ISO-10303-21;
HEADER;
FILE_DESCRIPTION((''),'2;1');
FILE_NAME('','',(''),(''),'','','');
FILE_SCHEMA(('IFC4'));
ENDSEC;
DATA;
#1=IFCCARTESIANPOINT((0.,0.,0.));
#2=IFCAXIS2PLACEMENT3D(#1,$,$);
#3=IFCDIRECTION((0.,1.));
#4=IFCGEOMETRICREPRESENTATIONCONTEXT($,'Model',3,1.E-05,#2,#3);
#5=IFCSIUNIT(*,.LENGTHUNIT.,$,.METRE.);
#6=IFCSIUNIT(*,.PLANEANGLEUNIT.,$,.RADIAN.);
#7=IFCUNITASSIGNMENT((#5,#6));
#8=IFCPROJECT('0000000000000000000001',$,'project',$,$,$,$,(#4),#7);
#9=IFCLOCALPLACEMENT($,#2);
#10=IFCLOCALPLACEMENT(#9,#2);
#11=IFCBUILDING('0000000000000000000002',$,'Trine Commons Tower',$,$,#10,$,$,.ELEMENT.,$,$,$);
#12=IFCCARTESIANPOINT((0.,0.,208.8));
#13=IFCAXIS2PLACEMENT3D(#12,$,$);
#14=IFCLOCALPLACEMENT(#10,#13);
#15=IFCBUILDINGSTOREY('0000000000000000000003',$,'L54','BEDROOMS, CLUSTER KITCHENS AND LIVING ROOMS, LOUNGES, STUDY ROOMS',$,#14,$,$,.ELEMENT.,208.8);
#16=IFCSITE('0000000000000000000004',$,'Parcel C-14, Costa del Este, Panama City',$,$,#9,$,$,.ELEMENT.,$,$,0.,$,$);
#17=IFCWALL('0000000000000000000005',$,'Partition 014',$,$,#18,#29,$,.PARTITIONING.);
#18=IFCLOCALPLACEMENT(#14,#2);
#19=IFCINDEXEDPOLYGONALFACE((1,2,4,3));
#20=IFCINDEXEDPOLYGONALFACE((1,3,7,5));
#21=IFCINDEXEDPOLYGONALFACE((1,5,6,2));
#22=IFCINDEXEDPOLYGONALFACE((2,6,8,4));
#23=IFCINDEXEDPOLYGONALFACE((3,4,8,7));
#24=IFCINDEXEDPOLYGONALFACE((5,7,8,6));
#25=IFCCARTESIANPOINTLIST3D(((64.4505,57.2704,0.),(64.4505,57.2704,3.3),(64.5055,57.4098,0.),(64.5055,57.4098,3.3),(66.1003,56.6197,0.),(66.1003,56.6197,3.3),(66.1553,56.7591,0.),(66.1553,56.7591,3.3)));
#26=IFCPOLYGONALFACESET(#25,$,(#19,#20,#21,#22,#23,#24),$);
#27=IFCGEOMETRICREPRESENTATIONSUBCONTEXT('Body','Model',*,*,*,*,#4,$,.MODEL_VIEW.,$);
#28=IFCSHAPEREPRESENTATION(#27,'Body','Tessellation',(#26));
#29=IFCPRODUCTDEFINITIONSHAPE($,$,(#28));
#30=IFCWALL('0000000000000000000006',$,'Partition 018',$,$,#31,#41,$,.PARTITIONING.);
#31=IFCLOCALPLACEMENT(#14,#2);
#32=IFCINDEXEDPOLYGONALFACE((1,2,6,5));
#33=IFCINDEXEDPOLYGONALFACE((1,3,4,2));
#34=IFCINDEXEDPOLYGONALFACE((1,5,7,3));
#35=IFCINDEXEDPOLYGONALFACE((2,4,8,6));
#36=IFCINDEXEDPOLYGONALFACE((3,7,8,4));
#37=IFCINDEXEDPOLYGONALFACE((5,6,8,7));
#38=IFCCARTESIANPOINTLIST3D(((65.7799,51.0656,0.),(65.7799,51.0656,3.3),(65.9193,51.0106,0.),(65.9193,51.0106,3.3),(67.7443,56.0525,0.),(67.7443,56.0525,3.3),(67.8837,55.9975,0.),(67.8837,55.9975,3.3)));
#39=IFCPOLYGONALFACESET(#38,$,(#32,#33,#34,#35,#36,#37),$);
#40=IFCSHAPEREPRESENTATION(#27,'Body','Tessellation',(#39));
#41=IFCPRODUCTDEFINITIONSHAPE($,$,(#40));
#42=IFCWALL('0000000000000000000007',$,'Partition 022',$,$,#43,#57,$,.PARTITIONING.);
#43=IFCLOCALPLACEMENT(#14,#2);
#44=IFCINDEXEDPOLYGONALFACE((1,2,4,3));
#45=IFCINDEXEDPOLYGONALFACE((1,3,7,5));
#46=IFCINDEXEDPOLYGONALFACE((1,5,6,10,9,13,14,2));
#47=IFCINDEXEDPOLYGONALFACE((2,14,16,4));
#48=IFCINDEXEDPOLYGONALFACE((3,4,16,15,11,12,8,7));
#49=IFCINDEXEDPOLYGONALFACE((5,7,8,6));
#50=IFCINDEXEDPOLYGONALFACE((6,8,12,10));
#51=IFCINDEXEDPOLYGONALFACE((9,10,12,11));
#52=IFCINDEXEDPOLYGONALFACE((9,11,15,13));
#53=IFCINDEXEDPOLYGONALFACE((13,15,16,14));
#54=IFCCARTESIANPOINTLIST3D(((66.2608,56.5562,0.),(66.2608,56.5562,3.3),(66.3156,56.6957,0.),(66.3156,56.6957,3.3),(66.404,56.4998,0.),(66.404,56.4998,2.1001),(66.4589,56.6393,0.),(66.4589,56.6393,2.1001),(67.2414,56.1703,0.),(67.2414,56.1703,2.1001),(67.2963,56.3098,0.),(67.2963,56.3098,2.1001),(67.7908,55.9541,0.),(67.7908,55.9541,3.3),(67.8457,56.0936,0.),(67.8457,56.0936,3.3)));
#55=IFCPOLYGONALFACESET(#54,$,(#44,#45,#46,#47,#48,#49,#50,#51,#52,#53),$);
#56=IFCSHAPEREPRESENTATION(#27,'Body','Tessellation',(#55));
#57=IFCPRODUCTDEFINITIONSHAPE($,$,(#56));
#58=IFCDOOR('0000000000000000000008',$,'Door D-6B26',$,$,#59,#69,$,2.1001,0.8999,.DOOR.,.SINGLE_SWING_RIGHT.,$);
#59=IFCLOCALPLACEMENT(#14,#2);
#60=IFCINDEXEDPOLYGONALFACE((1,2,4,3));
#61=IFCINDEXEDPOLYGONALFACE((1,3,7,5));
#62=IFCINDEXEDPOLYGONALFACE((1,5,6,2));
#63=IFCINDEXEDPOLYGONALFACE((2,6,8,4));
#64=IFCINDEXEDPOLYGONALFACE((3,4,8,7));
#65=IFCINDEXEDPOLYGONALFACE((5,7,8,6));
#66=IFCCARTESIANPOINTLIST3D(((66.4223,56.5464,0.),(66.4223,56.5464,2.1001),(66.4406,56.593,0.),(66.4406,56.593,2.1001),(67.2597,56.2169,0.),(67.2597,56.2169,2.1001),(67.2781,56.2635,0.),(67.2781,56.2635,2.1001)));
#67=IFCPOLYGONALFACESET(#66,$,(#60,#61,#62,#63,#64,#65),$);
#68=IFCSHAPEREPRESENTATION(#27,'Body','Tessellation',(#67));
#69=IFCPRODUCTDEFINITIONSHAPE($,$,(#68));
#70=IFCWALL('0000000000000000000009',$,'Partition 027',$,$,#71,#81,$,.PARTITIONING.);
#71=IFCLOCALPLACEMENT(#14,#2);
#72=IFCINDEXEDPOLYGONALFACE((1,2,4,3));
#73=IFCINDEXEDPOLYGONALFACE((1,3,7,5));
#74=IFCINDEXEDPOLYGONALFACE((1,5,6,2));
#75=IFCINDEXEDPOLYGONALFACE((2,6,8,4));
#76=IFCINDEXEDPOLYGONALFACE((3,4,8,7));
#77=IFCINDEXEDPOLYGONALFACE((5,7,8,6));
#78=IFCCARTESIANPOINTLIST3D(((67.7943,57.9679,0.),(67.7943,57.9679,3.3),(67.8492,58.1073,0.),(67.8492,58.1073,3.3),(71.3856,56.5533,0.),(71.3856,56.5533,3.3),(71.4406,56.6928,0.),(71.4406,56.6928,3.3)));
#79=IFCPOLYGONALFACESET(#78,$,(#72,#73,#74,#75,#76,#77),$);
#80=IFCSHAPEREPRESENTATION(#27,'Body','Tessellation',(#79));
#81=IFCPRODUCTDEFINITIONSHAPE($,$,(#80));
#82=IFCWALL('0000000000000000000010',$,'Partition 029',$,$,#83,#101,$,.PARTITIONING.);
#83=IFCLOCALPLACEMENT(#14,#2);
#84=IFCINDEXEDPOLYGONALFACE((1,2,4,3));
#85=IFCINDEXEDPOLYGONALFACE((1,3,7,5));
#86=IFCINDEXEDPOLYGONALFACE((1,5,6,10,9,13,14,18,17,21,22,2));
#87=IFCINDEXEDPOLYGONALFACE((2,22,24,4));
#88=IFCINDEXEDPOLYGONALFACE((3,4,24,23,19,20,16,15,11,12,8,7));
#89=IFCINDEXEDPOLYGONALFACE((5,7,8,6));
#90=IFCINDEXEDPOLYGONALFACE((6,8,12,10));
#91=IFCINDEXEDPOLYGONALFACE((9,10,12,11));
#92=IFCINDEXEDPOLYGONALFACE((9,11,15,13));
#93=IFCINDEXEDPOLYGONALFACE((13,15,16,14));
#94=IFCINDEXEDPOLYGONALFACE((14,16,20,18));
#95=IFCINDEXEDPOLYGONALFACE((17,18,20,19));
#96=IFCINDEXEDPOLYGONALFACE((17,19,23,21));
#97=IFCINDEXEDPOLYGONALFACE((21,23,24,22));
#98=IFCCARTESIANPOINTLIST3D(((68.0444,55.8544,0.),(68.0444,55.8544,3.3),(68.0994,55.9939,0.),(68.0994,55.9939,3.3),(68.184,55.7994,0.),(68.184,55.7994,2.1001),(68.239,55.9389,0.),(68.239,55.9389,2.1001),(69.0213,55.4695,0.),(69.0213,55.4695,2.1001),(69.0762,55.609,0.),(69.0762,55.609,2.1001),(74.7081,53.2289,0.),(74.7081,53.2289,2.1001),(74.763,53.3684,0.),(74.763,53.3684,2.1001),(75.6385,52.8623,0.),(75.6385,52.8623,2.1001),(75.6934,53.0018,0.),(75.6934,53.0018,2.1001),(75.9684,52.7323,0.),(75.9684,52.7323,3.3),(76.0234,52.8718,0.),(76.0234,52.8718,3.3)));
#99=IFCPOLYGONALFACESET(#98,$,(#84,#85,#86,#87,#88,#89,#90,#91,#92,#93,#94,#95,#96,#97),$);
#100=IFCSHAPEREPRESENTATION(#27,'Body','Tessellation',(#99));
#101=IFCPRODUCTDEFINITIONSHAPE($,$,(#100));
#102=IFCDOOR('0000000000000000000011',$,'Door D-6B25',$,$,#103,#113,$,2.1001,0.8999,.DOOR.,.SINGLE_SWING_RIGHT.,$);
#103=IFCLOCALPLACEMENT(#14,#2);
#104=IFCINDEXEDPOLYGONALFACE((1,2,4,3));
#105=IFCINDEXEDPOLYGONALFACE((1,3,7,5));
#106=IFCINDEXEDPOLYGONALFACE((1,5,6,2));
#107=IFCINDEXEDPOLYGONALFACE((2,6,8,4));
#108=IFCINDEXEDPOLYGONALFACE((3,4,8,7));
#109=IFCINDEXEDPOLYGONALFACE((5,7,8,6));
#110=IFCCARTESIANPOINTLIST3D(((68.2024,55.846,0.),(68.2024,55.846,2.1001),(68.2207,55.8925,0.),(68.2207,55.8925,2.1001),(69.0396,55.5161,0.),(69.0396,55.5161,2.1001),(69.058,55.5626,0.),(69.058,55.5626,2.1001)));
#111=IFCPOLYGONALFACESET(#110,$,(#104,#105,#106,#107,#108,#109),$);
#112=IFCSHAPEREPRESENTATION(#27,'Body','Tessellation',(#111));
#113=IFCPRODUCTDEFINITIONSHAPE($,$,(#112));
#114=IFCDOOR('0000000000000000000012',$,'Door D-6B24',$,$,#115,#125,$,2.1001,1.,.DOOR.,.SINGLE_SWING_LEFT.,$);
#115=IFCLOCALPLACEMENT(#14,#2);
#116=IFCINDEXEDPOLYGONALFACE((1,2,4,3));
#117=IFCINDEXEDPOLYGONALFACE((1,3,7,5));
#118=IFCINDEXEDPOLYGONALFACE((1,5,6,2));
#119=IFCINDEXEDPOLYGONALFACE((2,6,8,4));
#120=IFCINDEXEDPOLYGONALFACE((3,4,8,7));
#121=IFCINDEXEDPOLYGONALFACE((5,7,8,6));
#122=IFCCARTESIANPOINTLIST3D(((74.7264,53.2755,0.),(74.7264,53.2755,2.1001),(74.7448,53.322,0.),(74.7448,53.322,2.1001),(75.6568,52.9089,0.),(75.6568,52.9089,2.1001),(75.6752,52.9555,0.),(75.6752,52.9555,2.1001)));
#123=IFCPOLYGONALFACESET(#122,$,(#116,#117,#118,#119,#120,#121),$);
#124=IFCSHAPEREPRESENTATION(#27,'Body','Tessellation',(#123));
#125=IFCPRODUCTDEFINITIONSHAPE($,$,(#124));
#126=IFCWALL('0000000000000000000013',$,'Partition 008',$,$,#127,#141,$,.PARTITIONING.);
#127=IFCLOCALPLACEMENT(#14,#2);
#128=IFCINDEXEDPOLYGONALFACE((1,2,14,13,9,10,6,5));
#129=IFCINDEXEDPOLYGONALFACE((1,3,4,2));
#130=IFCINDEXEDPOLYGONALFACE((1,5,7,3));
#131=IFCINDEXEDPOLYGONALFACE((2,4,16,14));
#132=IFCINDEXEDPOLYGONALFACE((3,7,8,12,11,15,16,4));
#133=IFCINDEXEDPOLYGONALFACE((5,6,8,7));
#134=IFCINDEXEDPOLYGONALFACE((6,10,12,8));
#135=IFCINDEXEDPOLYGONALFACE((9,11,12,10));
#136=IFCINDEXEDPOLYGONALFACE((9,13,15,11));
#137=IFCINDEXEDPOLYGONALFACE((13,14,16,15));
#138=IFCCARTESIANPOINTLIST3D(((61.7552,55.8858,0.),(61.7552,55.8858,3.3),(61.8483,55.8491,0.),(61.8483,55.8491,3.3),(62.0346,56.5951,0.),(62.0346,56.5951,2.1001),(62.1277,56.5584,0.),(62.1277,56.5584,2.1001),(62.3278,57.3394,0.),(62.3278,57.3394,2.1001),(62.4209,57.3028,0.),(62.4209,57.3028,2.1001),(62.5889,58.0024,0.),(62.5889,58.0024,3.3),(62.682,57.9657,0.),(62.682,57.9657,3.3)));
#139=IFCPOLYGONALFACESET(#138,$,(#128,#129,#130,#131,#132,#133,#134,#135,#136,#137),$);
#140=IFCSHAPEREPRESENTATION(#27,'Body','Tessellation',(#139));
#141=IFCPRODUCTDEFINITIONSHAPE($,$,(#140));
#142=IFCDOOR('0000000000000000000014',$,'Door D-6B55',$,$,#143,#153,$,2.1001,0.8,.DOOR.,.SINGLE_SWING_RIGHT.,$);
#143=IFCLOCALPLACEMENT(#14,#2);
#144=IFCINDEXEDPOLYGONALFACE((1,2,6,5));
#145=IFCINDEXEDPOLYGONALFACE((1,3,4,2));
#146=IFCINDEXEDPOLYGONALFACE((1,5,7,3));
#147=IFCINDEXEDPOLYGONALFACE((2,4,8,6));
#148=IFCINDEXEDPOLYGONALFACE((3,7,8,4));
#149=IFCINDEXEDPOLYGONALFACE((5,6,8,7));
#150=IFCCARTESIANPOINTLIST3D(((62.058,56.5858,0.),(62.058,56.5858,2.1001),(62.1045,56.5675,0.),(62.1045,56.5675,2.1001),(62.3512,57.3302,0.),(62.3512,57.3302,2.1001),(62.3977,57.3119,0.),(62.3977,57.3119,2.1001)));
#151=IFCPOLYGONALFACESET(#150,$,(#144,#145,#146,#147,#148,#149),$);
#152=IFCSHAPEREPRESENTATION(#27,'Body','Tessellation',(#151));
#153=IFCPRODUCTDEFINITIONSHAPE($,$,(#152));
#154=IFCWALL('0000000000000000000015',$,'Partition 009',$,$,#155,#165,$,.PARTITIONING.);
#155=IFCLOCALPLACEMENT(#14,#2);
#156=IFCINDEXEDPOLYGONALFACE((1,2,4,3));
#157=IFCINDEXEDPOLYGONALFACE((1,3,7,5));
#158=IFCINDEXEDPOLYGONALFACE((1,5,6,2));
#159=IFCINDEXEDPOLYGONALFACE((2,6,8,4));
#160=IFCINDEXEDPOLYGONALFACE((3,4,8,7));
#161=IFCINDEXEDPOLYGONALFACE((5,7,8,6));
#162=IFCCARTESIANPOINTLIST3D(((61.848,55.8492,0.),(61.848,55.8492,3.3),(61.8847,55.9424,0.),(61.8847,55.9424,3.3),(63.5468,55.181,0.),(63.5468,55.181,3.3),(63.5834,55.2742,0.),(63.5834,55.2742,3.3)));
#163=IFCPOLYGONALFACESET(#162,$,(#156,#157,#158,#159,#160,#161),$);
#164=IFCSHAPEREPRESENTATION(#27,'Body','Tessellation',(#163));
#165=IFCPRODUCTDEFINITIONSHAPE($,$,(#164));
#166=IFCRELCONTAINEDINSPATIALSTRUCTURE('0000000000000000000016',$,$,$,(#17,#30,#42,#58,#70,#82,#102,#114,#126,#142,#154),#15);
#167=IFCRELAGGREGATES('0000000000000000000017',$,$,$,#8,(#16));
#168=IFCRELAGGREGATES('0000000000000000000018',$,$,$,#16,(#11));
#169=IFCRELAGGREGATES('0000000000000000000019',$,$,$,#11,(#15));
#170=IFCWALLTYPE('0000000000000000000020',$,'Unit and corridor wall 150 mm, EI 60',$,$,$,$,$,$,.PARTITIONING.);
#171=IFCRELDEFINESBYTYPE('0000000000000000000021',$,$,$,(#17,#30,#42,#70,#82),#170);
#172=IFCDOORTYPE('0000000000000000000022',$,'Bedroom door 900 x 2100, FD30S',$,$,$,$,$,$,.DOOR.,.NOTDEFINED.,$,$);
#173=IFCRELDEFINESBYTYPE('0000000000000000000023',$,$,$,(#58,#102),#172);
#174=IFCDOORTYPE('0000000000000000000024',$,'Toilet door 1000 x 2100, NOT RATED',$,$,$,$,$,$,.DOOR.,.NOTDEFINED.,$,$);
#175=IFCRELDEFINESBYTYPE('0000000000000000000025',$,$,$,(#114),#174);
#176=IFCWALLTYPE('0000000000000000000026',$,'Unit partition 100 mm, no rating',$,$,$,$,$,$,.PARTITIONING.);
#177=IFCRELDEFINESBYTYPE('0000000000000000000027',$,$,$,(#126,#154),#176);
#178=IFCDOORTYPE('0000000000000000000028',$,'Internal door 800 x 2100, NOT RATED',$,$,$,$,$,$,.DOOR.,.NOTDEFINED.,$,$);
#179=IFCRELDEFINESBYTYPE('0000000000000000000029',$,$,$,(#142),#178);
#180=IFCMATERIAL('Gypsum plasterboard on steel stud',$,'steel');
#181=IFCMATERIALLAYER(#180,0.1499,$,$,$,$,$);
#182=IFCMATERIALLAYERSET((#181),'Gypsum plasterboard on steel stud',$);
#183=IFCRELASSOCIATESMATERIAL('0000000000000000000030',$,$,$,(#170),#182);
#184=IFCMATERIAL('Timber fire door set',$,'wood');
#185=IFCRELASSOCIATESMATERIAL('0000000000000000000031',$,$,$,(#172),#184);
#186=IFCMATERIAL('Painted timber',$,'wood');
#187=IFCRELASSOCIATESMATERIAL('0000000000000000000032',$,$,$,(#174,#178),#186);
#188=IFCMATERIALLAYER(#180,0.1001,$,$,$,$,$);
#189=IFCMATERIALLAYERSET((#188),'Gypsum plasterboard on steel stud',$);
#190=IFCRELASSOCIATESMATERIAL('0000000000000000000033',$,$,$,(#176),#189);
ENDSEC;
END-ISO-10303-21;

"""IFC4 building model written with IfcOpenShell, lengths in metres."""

from ifc_helpers import new_model, si_unit, direction, frame, frame_2d, origin, place, context, subcontext, project, spatial, rectangle, extrude, material, layer, layer_set, type_object, element, fill, save


model = new_model("IFC4")

# Units and contexts
model_context = context("Model", 3, precision=1e-05, world=origin(), true_north=direction((0.0, 1.0)))
body_context = subcontext(model_context, "Body", "Model", "MODEL_VIEW")
ifc_project = project(units=[si_unit("LENGTHUNIT", "METRE"), si_unit("PLANEANGLEUNIT", "RADIAN")], contexts=[model_context])

# Site, building, storey
site_placement = place(None, origin())
site = spatial("IfcSite", under=ifc_project, at=site_placement, Name="Parcel C-14, Costa del Este, Panama City", CompositionType="ELEMENT", RefElevation=0.0)
building_placement = place(site_placement, origin())
building = spatial("IfcBuilding", under=site, at=building_placement, Name="Trine Commons Tower", CompositionType="ELEMENT")
storey_placement = place(building_placement, frame((0.0, 0.0, 208.8)))
storey = spatial("IfcBuildingStorey", under=building, at=storey_placement, Name="L54", Description="BEDROOMS, CLUSTER KITCHENS AND LIVING ROOMS, LOUNGES, STUDY ROOMS", CompositionType="ELEMENT", Elevation=208.8)

# Shared definitions
ifc_material_1 = material(Name="Gypsum plasterboard on steel stud", Category="steel")
ifc_layer_1 = layer(ifc_material_1, 0.1499)
ifc_layer_set_1 = layer_set([ifc_layer_1], Name="Gypsum plasterboard on steel stud")
wall_type_1 = type_object("IfcWallType", Name="Unit and corridor wall 150 mm, EI 60", PredefinedType="PARTITIONING", material=ifc_layer_set_1)
ifc_material_2 = material(Name="Timber fire door set", Category="wood")
door_type_1 = type_object("IfcDoorType", Name="Bedroom door 900 x 2100, FD30S", OperationType="NOTDEFINED", PredefinedType="DOOR", material=ifc_material_2)

# Walls
wall_1_placement = place(storey_placement, frame((64.478, 57.3401, 0.0), z_axis=(0.0, 0.0, 1.0), x_axis=(0.93026, -0.3669, 0.0)))
element("IfcWall", 1, at=wall_1_placement, inside=storey, type_object=wall_type_1, Name="Partition 014", PredefinedType="PARTITIONING", context=body_context, shape_type="SweptSolid", body=[
    extrude(rectangle(XDim=1.7734, YDim=0.1499, at=frame_2d((0.8867, 0.0))), origin(), (0.0, 0.0, 1.0), 3.3),
])
wall_2_placement = place(storey_placement, frame((65.8496, 51.0381, 0.0), z_axis=(0.0, 0.0, 1.0), x_axis=(0.366501, 0.930418, 0.0)))
element("IfcWall", 2, at=wall_2_placement, inside=storey, type_object=wall_type_1, Name="Partition 018", PredefinedType="PARTITIONING", context=body_context, shape_type="SweptSolid", body=[
    extrude(rectangle(XDim=5.3599, YDim=0.1499, at=frame_2d((2.6799, 0.0))), origin(), (0.0, 0.0, 1.0), 3.3),
])

# Wall, opening, door
wall_3_placement = place(storey_placement, frame((66.2881, 56.626, 0.0), z_axis=(0.0, 0.0, 1.0), x_axis=(0.930551, -0.366162, 0.0)))
wall_3 = element("IfcWall", 3, at=wall_3_placement, inside=storey, type_object=wall_type_1, Name="Partition 022", PredefinedType="PARTITIONING", context=body_context, shape_type="SweptSolid", body=[
    extrude(rectangle(XDim=1.6443, YDim=0.1499, at=frame_2d((0.8223, 0.0))), origin(), (0.0, 0.0, 1.0), 3.3),
])
opening_1_placement = place(wall_3_placement, frame((0.1541, 0.0, 0.0)))
opening_1 = element("IfcOpeningElement", 4, at=opening_1_placement, cuts=wall_3, PredefinedType="OPENING", context=body_context, shape_type="SweptSolid", body=[
    extrude(rectangle(XDim=0.8999, YDim=2.1001, at=frame_2d((0.45, 1.05))), frame((0.0, 0.085, 0.0), z_axis=(0.0, -1.0, 0.0), x_axis=(1.0, 0.0, 0.0)), (0.0, 0.0, 1.0), 0.1699),
])
door_1_placement = place(opening_1_placement, frame((0.8999, 0.0, 0.0), z_axis=(0.0, 0.0, 1.0), x_axis=(-1.0, 0.0, 0.0)))
door_1 = element("IfcDoor", 5, at=door_1_placement, inside=storey, type_object=door_type_1, Name="Door D-6B26", OperationType="SINGLE_SWING_RIGHT", OverallHeight=2.1001, OverallWidth=0.8999, PredefinedType="DOOR", context=body_context, shape_type="SweptSolid", body=[
    extrude(rectangle(XDim=0.8999, YDim=2.1001, at=frame_2d((0.45, 1.05))), frame((0.0, 0.0249, 0.0), z_axis=(0.0, -1.0, 0.0), x_axis=(1.0, 0.0, 0.0)), (0.0, 0.0, 1.0), 0.05),
])
fill(opening_1, door_1)

# Wall
wall_4_placement = place(storey_placement, frame((67.8218, 58.0376, 0.0), z_axis=(0.0, 0.0, 1.0), x_axis=(0.930427, -0.366478, 0.0)))
element("IfcWall", 6, at=wall_4_placement, inside=storey, type_object=wall_type_1, Name="Partition 027", PredefinedType="PARTITIONING", context=body_context, shape_type="SweptSolid", body=[
    extrude(rectangle(XDim=3.8599, YDim=0.1499, at=frame_2d((1.9299, 0.0))), origin(), (0.0, 0.0, 1.0), 3.3),
])

# Wall, openings, doors
wall_5_placement = place(storey_placement, frame((68.072, 55.9241, 0.0), z_axis=(0.0, 0.0, 1.0), x_axis=(0.93039, -0.366572, 0.0)))
wall_5 = element("IfcWall", 7, at=wall_5_placement, inside=storey, type_object=wall_type_1, Name="Partition 029", PredefinedType="PARTITIONING", context=body_context, shape_type="SweptSolid", body=[
    extrude(rectangle(XDim=8.5168, YDim=0.1499, at=frame_2d((4.2583, 0.0))), origin(), (0.0, 0.0, 1.0), 3.3),
])
opening_2_placement = place(wall_5_placement, frame((7.1621, 0.0, 0.0)))
opening_2 = element("IfcOpeningElement", 8, at=opening_2_placement, cuts=wall_5, PredefinedType="OPENING", context=body_context, shape_type="SweptSolid", body=[
    extrude(rectangle(XDim=1.0, YDim=2.1001, at=frame_2d((0.5, 1.05))), frame((0.0, 0.085, 0.0), z_axis=(0.0, -1.0, 0.0), x_axis=(1.0, 0.0, 0.0)), (0.0, 0.0, 1.0), 0.1699),
])
opening_3_placement = place(wall_5_placement, frame((0.1499, 0.0, 0.0)))
opening_3 = element("IfcOpeningElement", 9, at=opening_3_placement, cuts=wall_5, PredefinedType="OPENING", context=body_context, shape_type="SweptSolid", body=[
    extrude(rectangle(XDim=0.8999, YDim=2.1001, at=frame_2d((0.45, 1.05))), frame((0.0, 0.085, 0.0), z_axis=(0.0, -1.0, 0.0), x_axis=(1.0, 0.0, 0.0)), (0.0, 0.0, 1.0), 0.1699),
])
door_2_placement = place(opening_3_placement, frame((0.8999, 0.0, 0.0), z_axis=(0.0, 0.0, 1.0), x_axis=(-1.0, 0.0, 0.0)))
door_2 = element("IfcDoor", 10, at=door_2_placement, inside=storey, type_object=door_type_1, Name="Door D-6B25", OperationType="SINGLE_SWING_RIGHT", OverallHeight=2.1001, OverallWidth=0.8999, PredefinedType="DOOR", context=body_context, shape_type="SweptSolid", body=[
    extrude(rectangle(XDim=0.8999, YDim=2.1001, at=frame_2d((0.45, 1.05))), frame((0.0, 0.0249, 0.0), z_axis=(0.0, -1.0, 0.0), x_axis=(1.0, 0.0, 0.0)), (0.0, 0.0, 1.0), 0.05),
])
fill(opening_3, door_2)
ifc_material_3 = material(Name="Painted timber", Category="wood")
door_type_2 = type_object("IfcDoorType", Name="Toilet door 1000 x 2100, NOT RATED", OperationType="NOTDEFINED", PredefinedType="DOOR", material=ifc_material_3)
door_3_placement = place(opening_2_placement, frame((1.0, 0.0, 0.0), z_axis=(0.0, 0.0, 1.0), x_axis=(-1.0, 0.0, 0.0)))
door_3 = element("IfcDoor", 11, at=door_3_placement, inside=storey, type_object=door_type_2, Name="Door D-6B24", OperationType="SINGLE_SWING_LEFT", OverallHeight=2.1001, OverallWidth=1.0, PredefinedType="DOOR", context=body_context, shape_type="SweptSolid", body=[
    extrude(rectangle(XDim=1.0, YDim=2.1001, at=frame_2d((0.5, 1.05))), frame((0.0, 0.0249, 0.0), z_axis=(0.0, -1.0, 0.0), x_axis=(1.0, 0.0, 0.0)), (0.0, 0.0, 1.0), 0.05),
])
fill(opening_2, door_3)

# Wall, opening, door
ifc_layer_2 = layer(ifc_material_1, 0.1001)
ifc_layer_set_2 = layer_set([ifc_layer_2], Name="Gypsum plasterboard on steel stud")
wall_type_2 = type_object("IfcWallType", Name="Unit partition 100 mm, no rating", PredefinedType="PARTITIONING", material=ifc_layer_set_2)
wall_6_placement = place(storey_placement, frame((61.8018, 55.8674, 0.0), z_axis=(0.0, 0.0, 1.0), x_axis=(0.366482, 0.930425, 0.0)))
wall_6 = element("IfcWall", 12, at=wall_6_placement, inside=storey, type_object=wall_type_2, Name="Partition 008", PredefinedType="PARTITIONING", context=body_context, shape_type="SweptSolid", body=[
    extrude(rectangle(XDim=2.2749, YDim=0.1001, at=frame_2d((1.1375, 0.0))), origin(), (0.0, 0.0, 1.0), 3.3),
])
opening_4_placement = place(wall_6_placement, frame((0.7625, 0.0, 0.0)))
opening_4 = element("IfcOpeningElement", 13, at=opening_4_placement, cuts=wall_6, PredefinedType="OPENING", context=body_context, shape_type="SweptSolid", body=[
    extrude(rectangle(XDim=0.8, YDim=2.1001, at=frame_2d((0.3999, 1.05))), frame((0.0, 0.0601, 0.0), z_axis=(0.0, -1.0, 0.0), x_axis=(1.0, 0.0, 0.0)), (0.0, 0.0, 1.0), 0.1201),
])
door_type_3 = type_object("IfcDoorType", Name="Internal door 800 x 2100, NOT RATED", OperationType="NOTDEFINED", PredefinedType="DOOR", material=ifc_material_3)
door_4_placement = place(opening_4_placement, origin())
door_4 = element("IfcDoor", 14, at=door_4_placement, inside=storey, type_object=door_type_3, Name="Door D-6B55", OperationType="SINGLE_SWING_RIGHT", OverallHeight=2.1001, OverallWidth=0.8, PredefinedType="DOOR", context=body_context, shape_type="SweptSolid", body=[
    extrude(rectangle(XDim=0.8, YDim=2.1001, at=frame_2d((0.3999, 1.05))), frame((0.0, 0.0249, 0.0), z_axis=(0.0, -1.0, 0.0), x_axis=(1.0, 0.0, 0.0)), (0.0, 0.0, 1.0), 0.05),
])
fill(opening_4, door_4)

# Wall
wall_7_placement = place(storey_placement, frame((61.8665, 55.8958, 0.0), z_axis=(0.0, 0.0, 1.0), x_axis=(0.930592, -0.366058, 0.0)))
element("IfcWall", 15, at=wall_7_placement, inside=storey, type_object=wall_type_2, Name="Partition 009", PredefinedType="PARTITIONING", context=body_context, shape_type="SweptSolid", body=[
    extrude(rectangle(XDim=1.8254, YDim=0.1001, at=frame_2d((0.9126, 0.0))), origin(), (0.0, 0.0, 1.0), 3.3),
])

save(model, "model.ifc")
